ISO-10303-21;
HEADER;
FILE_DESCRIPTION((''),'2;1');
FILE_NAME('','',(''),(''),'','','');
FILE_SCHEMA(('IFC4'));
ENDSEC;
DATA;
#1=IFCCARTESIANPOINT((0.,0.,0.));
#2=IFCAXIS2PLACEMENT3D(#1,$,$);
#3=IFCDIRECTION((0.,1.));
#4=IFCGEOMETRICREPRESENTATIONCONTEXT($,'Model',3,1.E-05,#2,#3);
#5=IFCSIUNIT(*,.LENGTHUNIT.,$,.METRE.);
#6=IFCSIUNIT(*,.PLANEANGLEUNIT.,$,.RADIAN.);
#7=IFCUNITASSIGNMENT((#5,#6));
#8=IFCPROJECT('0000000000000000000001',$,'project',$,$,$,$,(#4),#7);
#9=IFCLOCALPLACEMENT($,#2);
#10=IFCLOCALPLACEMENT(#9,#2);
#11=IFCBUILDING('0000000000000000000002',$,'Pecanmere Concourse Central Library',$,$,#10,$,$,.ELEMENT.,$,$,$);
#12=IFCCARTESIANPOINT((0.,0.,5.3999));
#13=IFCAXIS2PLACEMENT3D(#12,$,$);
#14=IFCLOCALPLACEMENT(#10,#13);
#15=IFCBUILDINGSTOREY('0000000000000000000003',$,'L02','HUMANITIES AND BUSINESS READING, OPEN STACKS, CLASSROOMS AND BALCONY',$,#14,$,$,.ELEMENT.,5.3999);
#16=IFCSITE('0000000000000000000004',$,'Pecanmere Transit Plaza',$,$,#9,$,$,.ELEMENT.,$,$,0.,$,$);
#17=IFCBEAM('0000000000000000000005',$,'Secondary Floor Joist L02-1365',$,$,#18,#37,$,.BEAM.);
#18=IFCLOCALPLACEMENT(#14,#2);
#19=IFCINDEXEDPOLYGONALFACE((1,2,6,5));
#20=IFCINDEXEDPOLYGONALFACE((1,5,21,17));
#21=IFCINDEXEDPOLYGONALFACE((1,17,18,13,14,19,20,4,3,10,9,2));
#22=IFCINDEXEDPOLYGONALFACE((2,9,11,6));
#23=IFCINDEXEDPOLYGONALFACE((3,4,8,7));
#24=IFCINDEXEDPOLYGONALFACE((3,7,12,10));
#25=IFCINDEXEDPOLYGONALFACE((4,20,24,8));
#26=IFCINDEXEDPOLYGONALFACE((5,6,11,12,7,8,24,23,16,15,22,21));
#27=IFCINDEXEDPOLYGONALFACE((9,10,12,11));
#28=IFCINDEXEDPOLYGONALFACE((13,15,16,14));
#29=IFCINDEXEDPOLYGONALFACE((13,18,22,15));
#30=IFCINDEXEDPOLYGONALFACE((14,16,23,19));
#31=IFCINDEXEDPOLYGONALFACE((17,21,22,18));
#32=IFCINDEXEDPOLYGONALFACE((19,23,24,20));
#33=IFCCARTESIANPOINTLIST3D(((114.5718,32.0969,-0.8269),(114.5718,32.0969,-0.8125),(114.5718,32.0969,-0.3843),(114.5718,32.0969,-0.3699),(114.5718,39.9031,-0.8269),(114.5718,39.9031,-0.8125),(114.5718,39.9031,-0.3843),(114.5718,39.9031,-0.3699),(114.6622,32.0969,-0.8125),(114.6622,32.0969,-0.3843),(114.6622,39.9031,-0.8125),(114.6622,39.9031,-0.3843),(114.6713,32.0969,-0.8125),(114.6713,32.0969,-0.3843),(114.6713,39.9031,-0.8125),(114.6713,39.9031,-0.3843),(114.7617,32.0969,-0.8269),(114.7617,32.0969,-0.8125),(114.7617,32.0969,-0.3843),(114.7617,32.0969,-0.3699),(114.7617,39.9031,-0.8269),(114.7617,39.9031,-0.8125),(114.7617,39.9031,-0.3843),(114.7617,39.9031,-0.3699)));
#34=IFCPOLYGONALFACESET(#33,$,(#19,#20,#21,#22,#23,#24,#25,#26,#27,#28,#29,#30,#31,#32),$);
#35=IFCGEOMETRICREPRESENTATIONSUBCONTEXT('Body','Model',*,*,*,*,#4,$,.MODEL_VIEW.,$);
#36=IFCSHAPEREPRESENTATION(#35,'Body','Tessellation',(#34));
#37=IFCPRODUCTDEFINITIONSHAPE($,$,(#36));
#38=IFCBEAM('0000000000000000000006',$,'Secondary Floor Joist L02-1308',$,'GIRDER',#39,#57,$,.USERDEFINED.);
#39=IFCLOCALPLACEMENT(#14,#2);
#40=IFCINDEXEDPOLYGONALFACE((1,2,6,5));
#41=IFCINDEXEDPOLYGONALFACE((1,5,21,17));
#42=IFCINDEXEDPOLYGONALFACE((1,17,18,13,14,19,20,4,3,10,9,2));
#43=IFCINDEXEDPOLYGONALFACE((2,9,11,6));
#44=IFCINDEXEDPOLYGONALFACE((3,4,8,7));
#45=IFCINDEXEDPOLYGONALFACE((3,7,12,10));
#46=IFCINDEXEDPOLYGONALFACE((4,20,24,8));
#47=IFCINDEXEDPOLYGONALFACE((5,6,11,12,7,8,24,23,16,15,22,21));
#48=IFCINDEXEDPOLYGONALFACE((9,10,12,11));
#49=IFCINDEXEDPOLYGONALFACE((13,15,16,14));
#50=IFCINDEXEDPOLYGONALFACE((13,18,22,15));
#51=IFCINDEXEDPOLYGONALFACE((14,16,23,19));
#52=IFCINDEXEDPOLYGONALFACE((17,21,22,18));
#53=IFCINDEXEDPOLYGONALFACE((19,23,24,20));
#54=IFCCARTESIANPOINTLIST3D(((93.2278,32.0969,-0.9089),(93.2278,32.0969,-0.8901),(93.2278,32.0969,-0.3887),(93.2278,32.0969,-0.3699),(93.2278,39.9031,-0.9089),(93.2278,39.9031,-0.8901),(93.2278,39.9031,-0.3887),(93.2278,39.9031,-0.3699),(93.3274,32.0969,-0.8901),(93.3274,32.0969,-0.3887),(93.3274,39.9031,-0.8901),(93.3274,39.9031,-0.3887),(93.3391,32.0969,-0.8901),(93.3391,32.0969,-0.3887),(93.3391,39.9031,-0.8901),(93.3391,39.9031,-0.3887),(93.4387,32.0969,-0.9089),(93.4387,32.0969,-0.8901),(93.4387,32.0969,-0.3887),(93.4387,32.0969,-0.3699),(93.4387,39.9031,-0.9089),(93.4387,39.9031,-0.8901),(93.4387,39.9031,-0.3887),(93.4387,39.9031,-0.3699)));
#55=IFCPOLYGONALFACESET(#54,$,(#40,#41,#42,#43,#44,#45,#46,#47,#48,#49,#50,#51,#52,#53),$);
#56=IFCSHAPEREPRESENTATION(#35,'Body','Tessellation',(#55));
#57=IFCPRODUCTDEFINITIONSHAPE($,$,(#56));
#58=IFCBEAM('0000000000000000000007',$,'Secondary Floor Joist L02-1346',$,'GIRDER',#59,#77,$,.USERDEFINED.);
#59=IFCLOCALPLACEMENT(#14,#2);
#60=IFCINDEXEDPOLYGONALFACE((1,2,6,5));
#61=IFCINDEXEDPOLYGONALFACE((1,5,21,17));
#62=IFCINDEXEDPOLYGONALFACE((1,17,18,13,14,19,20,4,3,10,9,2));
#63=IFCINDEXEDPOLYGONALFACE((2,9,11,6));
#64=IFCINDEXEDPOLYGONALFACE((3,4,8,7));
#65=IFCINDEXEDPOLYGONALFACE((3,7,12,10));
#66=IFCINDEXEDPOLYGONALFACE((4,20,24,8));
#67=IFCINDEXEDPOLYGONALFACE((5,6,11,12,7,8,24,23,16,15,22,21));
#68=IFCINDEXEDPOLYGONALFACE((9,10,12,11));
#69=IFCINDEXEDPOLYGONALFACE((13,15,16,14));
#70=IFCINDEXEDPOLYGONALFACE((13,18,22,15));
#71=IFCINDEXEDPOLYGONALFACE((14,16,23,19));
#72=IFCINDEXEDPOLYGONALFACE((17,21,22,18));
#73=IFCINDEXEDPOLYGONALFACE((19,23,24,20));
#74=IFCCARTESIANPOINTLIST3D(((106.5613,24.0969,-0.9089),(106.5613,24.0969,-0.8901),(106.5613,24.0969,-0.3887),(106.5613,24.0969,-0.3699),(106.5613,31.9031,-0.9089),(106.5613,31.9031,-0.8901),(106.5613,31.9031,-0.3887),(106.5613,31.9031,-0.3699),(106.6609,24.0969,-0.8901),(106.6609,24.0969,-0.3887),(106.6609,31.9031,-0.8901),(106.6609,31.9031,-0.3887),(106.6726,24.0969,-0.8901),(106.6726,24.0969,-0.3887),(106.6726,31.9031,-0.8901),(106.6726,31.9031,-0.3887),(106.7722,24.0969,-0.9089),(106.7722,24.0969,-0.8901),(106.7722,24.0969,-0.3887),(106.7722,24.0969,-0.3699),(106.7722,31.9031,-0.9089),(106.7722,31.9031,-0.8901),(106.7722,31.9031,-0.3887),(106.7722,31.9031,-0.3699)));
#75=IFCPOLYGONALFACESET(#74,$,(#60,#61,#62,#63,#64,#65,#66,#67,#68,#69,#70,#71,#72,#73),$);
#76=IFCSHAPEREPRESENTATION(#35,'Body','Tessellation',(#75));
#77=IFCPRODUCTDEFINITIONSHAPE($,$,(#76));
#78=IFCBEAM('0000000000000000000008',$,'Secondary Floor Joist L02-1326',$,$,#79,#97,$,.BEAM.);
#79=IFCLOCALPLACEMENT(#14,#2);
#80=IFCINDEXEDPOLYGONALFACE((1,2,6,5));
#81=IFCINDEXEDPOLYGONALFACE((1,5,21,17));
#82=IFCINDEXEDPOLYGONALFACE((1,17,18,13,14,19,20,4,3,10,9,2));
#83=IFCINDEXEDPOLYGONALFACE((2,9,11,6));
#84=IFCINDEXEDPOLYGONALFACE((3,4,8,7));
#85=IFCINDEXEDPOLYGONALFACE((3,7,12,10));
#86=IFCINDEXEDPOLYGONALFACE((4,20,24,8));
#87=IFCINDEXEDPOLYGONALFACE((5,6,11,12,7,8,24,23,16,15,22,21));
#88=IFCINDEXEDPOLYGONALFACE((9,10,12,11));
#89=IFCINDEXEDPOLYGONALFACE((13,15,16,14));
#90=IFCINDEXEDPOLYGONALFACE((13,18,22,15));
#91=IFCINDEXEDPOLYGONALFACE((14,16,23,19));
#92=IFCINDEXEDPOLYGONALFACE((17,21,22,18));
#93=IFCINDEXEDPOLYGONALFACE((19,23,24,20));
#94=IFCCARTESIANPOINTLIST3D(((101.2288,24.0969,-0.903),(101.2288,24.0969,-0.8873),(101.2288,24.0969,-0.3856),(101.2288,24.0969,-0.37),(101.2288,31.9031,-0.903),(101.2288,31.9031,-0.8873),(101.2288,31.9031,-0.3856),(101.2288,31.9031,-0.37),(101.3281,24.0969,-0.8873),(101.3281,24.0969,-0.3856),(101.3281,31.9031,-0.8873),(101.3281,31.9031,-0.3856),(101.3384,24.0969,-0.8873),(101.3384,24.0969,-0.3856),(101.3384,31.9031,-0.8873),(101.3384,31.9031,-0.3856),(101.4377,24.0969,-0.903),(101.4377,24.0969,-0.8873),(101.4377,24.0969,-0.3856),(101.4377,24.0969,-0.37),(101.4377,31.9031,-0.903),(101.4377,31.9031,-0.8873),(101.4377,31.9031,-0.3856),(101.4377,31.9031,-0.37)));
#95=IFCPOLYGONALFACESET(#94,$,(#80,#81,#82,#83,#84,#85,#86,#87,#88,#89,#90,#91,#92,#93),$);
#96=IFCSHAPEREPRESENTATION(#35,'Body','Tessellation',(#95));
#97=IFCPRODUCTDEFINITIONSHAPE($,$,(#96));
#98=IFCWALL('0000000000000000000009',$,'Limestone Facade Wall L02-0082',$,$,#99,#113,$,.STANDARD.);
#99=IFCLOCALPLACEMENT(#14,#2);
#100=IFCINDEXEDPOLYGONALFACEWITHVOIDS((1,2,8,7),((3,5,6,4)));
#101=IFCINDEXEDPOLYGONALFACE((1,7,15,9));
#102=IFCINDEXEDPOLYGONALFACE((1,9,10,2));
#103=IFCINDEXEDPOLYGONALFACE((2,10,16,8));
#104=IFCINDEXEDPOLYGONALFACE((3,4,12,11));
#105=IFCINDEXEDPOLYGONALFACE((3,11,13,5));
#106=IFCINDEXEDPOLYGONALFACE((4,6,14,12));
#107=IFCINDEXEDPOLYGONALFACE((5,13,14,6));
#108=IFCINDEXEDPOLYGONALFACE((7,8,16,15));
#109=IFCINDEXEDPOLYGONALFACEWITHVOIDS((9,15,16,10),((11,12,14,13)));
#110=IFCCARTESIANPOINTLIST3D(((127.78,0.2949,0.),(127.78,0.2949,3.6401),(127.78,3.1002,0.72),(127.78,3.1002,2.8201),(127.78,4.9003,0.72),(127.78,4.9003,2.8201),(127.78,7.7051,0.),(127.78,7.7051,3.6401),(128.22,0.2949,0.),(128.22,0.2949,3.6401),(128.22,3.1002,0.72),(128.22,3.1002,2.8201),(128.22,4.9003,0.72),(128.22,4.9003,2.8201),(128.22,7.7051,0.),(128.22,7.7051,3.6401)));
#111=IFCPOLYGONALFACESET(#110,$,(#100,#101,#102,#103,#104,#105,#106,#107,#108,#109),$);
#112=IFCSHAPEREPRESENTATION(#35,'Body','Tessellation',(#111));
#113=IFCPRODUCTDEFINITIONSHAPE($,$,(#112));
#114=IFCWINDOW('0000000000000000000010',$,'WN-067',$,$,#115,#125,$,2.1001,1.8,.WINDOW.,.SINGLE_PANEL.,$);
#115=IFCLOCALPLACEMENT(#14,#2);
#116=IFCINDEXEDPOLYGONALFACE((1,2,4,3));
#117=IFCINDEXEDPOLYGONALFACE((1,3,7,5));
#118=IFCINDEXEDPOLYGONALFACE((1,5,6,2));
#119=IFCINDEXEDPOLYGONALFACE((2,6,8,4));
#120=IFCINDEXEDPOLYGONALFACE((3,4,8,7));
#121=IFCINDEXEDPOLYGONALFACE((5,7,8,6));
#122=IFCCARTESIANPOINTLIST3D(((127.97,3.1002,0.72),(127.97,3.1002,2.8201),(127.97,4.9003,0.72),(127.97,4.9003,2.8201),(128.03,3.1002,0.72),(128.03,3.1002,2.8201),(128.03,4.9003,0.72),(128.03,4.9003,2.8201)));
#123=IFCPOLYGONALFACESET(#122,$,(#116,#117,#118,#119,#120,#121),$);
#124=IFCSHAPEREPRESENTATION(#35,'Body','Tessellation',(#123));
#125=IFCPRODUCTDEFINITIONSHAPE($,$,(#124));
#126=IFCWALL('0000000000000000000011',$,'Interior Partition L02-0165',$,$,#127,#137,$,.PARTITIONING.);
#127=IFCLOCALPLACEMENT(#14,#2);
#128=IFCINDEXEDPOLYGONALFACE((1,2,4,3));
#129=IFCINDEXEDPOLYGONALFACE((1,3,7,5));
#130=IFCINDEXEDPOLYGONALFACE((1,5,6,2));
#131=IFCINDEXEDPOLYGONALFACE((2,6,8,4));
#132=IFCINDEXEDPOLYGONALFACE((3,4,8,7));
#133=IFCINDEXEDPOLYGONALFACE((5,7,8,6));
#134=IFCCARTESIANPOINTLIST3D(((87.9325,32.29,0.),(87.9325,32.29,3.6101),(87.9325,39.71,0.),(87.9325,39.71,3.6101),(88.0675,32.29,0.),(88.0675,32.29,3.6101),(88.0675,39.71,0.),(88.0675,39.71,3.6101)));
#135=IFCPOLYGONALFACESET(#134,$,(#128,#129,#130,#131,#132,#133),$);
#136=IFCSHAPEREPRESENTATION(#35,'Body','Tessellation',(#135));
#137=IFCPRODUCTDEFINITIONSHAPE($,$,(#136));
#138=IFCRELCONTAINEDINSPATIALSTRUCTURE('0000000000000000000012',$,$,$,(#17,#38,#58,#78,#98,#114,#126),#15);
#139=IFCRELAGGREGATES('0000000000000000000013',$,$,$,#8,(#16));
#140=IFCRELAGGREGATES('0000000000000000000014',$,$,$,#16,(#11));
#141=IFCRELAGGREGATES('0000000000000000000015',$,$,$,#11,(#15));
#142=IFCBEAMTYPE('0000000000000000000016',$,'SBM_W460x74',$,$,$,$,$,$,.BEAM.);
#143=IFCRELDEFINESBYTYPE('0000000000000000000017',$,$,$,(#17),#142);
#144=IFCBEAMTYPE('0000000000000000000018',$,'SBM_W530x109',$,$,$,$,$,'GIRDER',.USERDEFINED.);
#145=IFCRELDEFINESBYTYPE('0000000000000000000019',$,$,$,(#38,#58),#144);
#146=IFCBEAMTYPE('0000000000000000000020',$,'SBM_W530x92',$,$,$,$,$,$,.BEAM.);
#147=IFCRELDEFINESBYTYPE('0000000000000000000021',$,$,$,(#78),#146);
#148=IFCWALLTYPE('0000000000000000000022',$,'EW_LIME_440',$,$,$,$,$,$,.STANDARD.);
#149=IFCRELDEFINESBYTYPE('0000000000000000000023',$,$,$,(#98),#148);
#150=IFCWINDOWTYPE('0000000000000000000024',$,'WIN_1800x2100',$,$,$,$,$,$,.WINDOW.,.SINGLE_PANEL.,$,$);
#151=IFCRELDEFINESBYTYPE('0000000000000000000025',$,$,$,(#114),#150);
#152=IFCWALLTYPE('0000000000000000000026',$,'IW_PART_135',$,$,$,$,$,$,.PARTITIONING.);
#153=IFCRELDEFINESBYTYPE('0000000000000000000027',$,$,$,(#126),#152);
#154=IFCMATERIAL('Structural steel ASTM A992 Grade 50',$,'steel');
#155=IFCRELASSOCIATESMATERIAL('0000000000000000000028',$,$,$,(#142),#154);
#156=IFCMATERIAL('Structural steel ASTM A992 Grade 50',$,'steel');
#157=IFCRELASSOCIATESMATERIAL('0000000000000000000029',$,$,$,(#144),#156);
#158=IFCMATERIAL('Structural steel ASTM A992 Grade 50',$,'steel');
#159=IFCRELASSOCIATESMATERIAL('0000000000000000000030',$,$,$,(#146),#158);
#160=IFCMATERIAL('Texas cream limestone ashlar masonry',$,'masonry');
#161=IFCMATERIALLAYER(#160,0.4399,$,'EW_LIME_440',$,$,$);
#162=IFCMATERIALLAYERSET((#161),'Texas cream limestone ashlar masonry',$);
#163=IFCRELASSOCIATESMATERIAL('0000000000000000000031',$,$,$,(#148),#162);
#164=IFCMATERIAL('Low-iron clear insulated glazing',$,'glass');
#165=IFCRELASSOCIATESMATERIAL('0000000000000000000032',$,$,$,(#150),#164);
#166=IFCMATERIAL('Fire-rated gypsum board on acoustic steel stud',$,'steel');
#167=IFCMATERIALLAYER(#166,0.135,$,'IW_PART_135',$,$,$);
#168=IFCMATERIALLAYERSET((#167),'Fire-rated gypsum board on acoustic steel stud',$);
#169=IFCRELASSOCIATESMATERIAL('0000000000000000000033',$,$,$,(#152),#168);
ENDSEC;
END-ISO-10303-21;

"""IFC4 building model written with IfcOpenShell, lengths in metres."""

from ifc_helpers import new_model, si_unit, direction, frame, frame_2d, origin, origin_2d, place, context, subcontext, project, spatial, rectangle, i_section, extrude, material, layer, layer_set, material_profile, profile_set, type_object, element, fill, save


model = new_model("IFC4")

# Units and contexts
model_context = context("Model", 3, precision=1e-05, world=origin(), true_north=direction((0.0, 1.0)))
body_context = subcontext(model_context, "Body", "Model", "MODEL_VIEW")
ifc_project = project(units=[si_unit("LENGTHUNIT", "METRE"), si_unit("PLANEANGLEUNIT", "RADIAN")], contexts=[model_context])

# Site, building, storey
site_placement = place(None, origin())
site = spatial("IfcSite", under=ifc_project, at=site_placement, Name="Pecanmere Transit Plaza", CompositionType="ELEMENT", RefElevation=0.0)
building_placement = place(site_placement, origin())
building = spatial("IfcBuilding", under=site, at=building_placement, Name="Pecanmere Concourse Central Library", CompositionType="ELEMENT")
storey_placement = place(building_placement, frame((0.0, 0.0, 5.3999)))
storey = spatial("IfcBuildingStorey", under=building, at=storey_placement, Name="L02", Description="HUMANITIES AND BUSINESS READING, OPEN STACKS, CLASSROOMS AND BALCONY", CompositionType="ELEMENT", Elevation=5.3999)

# Beams
ifc_material_1 = material(Name="Structural steel ASTM A992 Grade 50", Category="steel")
ifc_material_profile_1 = material_profile(ifc_material_1, i_section(OverallWidth=0.1899, OverallDepth=0.457, WebThickness=0.009, FlangeThickness=0.0144, at=origin_2d()), Name="W460x74")
ifc_profile_set_1 = profile_set([ifc_material_profile_1], Name="Structural steel ASTM A992 Grade 50")
beam_type_1 = type_object("IfcBeamType", Name="SBM_W460x74", PredefinedType="BEAM", material=ifc_profile_set_1)
beam_1_placement = place(storey_placement, frame((114.6667, 32.0969, -0.5984), z_axis=(0.0, 1.0, 0.0), x_axis=(-1.0, 0.0, 0.0)))
element("IfcBeam", 1, at=beam_1_placement, inside=storey, type_object=beam_type_1, Name="Secondary Floor Joist L02-1365", PredefinedType="BEAM", context=body_context, shape_type="SweptSolid", body=[
    extrude(i_section(OverallWidth=0.1899, OverallDepth=0.457, WebThickness=0.009, FlangeThickness=0.0144, at=origin_2d()), origin(), (0.0, 0.0, 1.0), 7.8062),
])
ifc_material_2 = material(Name="Structural steel ASTM A992 Grade 50", Category="steel")
ifc_material_profile_2 = material_profile(ifc_material_2, i_section(OverallWidth=0.2109, OverallDepth=0.5391, WebThickness=0.0117, FlangeThickness=0.0188, at=origin_2d()), Name="W530x109")
ifc_profile_set_2 = profile_set([ifc_material_profile_2], Name="Structural steel ASTM A992 Grade 50")
beam_type_2 = type_object("IfcBeamType", Name="SBM_W530x109", ElementType="GIRDER", PredefinedType="USERDEFINED", material=ifc_profile_set_2)
for number, where, z_axis, x_axis, name in (
    (2, (93.3333, 32.0969, -0.6394), (0.0, 1.0, 0.0), (-1.0, 0.0, 0.0), "Secondary Floor Joist L02-1308"),
    (3, (106.6667, 24.0969, -0.6394), (0.0, 1.0, 0.0), (-1.0, 0.0, 0.0), "Secondary Floor Joist L02-1346"),
):
    element("IfcBeam", number, at=place(storey_placement, frame(where, z_axis=z_axis, x_axis=x_axis)), inside=storey, type_object=beam_type_2, Name=name, ObjectType="GIRDER", PredefinedType="USERDEFINED", context=body_context, shape_type="SweptSolid", body=[
        extrude(i_section(OverallWidth=0.2109, OverallDepth=0.5391, WebThickness=0.0117, FlangeThickness=0.0188, at=origin_2d()), origin(), (0.0, 0.0, 1.0), 7.8062),
    ])
ifc_material_3 = material(Name="Structural steel ASTM A992 Grade 50", Category="steel")
ifc_material_profile_3 = material_profile(ifc_material_3, i_section(OverallWidth=0.209, OverallDepth=0.533, WebThickness=0.0103, FlangeThickness=0.0156, at=origin_2d()), Name="W530x92")
ifc_profile_set_3 = profile_set([ifc_material_profile_3], Name="Structural steel ASTM A992 Grade 50")
beam_type_3 = type_object("IfcBeamType", Name="SBM_W530x92", PredefinedType="BEAM", material=ifc_profile_set_3)
beam_2_placement = place(storey_placement, frame((101.3333, 24.0969, -0.6365), z_axis=(0.0, 1.0, 0.0), x_axis=(-1.0, 0.0, 0.0)))
element("IfcBeam", 4, at=beam_2_placement, inside=storey, type_object=beam_type_3, Name="Secondary Floor Joist L02-1326", PredefinedType="BEAM", context=body_context, shape_type="SweptSolid", body=[
    extrude(i_section(OverallWidth=0.209, OverallDepth=0.533, WebThickness=0.0103, FlangeThickness=0.0156, at=origin_2d()), origin(), (0.0, 0.0, 1.0), 7.8062),
])

# Wall, opening, window
ifc_material_4 = material(Name="Texas cream limestone ashlar masonry", Category="masonry")
ifc_layer_1 = layer(ifc_material_4, 0.4399, Name="EW_LIME_440")
ifc_layer_set_1 = layer_set([ifc_layer_1], Name="Texas cream limestone ashlar masonry")
wall_type_1 = type_object("IfcWallType", Name="EW_LIME_440", PredefinedType="STANDARD", material=ifc_layer_set_1)
wall_1_placement = place(storey_placement, frame((128.0, 7.7051, 0.0), z_axis=(0.0, 0.0, 1.0), x_axis=(0.0, -1.0, 0.0)))
wall_1 = element("IfcWall", 5, at=wall_1_placement, inside=storey, type_object=wall_type_1, Name="Limestone Facade Wall L02-0082", PredefinedType="STANDARD", context=body_context, shape_type="SweptSolid", body=[
    extrude(rectangle(XDim=7.4102, YDim=0.4399, at=frame_2d((3.7051, 0.0))), origin(), (0.0, 0.0, 1.0), 3.6401),
])
opening_placement = place(wall_1_placement, frame((2.8049, 0.0, 0.72)))
opening = element("IfcOpeningElement", 6, at=opening_placement, cuts=wall_1, PredefinedType="OPENING", context=body_context, shape_type="SweptSolid", body=[
    extrude(rectangle(XDim=1.8, YDim=2.1001, at=frame_2d((0.8999, 1.05))), frame((0.0, 0.2319, 0.0), z_axis=(0.0, -1.0, 0.0), x_axis=(1.0, 0.0, 0.0)), (0.0, 0.0, 1.0), 0.4639),
])
ifc_material_5 = material(Name="Low-iron clear insulated glazing", Category="glass")
window_type = type_object("IfcWindowType", Name="WIN_1800x2100", PartitioningType="SINGLE_PANEL", PredefinedType="WINDOW", material=ifc_material_5)
window_placement = place(opening_placement, origin())
window = element("IfcWindow", 7, at=window_placement, inside=storey, type_object=window_type, Name="WN-067", OverallHeight=2.1001, OverallWidth=1.8, PartitioningType="SINGLE_PANEL", PredefinedType="WINDOW", context=body_context, shape_type="SweptSolid", body=[
    extrude(rectangle(XDim=1.8, YDim=2.1001, at=frame_2d((0.8999, 1.05))), frame((0.0, 0.03, 0.0), z_axis=(0.0, -1.0, 0.0), x_axis=(1.0, 0.0, 0.0)), (0.0, 0.0, 1.0), 0.0601),
])
fill(opening, window)

# Wall
ifc_material_6 = material(Name="Fire-rated gypsum board on acoustic steel stud", Category="steel")
ifc_layer_2 = layer(ifc_material_6, 0.135, Name="IW_PART_135")
ifc_layer_set_2 = layer_set([ifc_layer_2], Name="Fire-rated gypsum board on acoustic steel stud")
wall_type_2 = type_object("IfcWallType", Name="IW_PART_135", PredefinedType="PARTITIONING", material=ifc_layer_set_2)
wall_2_placement = place(storey_placement, frame((88.0, 32.29, 0.0), z_axis=(0.0, 0.0, 1.0), x_axis=(0.0, 1.0, 0.0)))
element("IfcWall", 8, at=wall_2_placement, inside=storey, type_object=wall_type_2, Name="Interior Partition L02-0165", PredefinedType="PARTITIONING", context=body_context, shape_type="SweptSolid", body=[
    extrude(rectangle(XDim=7.4199, YDim=0.135, at=frame_2d((3.71, 0.0))), origin(), (0.0, 0.0, 1.0), 3.6101),
])

save(model, "model.ifc")
